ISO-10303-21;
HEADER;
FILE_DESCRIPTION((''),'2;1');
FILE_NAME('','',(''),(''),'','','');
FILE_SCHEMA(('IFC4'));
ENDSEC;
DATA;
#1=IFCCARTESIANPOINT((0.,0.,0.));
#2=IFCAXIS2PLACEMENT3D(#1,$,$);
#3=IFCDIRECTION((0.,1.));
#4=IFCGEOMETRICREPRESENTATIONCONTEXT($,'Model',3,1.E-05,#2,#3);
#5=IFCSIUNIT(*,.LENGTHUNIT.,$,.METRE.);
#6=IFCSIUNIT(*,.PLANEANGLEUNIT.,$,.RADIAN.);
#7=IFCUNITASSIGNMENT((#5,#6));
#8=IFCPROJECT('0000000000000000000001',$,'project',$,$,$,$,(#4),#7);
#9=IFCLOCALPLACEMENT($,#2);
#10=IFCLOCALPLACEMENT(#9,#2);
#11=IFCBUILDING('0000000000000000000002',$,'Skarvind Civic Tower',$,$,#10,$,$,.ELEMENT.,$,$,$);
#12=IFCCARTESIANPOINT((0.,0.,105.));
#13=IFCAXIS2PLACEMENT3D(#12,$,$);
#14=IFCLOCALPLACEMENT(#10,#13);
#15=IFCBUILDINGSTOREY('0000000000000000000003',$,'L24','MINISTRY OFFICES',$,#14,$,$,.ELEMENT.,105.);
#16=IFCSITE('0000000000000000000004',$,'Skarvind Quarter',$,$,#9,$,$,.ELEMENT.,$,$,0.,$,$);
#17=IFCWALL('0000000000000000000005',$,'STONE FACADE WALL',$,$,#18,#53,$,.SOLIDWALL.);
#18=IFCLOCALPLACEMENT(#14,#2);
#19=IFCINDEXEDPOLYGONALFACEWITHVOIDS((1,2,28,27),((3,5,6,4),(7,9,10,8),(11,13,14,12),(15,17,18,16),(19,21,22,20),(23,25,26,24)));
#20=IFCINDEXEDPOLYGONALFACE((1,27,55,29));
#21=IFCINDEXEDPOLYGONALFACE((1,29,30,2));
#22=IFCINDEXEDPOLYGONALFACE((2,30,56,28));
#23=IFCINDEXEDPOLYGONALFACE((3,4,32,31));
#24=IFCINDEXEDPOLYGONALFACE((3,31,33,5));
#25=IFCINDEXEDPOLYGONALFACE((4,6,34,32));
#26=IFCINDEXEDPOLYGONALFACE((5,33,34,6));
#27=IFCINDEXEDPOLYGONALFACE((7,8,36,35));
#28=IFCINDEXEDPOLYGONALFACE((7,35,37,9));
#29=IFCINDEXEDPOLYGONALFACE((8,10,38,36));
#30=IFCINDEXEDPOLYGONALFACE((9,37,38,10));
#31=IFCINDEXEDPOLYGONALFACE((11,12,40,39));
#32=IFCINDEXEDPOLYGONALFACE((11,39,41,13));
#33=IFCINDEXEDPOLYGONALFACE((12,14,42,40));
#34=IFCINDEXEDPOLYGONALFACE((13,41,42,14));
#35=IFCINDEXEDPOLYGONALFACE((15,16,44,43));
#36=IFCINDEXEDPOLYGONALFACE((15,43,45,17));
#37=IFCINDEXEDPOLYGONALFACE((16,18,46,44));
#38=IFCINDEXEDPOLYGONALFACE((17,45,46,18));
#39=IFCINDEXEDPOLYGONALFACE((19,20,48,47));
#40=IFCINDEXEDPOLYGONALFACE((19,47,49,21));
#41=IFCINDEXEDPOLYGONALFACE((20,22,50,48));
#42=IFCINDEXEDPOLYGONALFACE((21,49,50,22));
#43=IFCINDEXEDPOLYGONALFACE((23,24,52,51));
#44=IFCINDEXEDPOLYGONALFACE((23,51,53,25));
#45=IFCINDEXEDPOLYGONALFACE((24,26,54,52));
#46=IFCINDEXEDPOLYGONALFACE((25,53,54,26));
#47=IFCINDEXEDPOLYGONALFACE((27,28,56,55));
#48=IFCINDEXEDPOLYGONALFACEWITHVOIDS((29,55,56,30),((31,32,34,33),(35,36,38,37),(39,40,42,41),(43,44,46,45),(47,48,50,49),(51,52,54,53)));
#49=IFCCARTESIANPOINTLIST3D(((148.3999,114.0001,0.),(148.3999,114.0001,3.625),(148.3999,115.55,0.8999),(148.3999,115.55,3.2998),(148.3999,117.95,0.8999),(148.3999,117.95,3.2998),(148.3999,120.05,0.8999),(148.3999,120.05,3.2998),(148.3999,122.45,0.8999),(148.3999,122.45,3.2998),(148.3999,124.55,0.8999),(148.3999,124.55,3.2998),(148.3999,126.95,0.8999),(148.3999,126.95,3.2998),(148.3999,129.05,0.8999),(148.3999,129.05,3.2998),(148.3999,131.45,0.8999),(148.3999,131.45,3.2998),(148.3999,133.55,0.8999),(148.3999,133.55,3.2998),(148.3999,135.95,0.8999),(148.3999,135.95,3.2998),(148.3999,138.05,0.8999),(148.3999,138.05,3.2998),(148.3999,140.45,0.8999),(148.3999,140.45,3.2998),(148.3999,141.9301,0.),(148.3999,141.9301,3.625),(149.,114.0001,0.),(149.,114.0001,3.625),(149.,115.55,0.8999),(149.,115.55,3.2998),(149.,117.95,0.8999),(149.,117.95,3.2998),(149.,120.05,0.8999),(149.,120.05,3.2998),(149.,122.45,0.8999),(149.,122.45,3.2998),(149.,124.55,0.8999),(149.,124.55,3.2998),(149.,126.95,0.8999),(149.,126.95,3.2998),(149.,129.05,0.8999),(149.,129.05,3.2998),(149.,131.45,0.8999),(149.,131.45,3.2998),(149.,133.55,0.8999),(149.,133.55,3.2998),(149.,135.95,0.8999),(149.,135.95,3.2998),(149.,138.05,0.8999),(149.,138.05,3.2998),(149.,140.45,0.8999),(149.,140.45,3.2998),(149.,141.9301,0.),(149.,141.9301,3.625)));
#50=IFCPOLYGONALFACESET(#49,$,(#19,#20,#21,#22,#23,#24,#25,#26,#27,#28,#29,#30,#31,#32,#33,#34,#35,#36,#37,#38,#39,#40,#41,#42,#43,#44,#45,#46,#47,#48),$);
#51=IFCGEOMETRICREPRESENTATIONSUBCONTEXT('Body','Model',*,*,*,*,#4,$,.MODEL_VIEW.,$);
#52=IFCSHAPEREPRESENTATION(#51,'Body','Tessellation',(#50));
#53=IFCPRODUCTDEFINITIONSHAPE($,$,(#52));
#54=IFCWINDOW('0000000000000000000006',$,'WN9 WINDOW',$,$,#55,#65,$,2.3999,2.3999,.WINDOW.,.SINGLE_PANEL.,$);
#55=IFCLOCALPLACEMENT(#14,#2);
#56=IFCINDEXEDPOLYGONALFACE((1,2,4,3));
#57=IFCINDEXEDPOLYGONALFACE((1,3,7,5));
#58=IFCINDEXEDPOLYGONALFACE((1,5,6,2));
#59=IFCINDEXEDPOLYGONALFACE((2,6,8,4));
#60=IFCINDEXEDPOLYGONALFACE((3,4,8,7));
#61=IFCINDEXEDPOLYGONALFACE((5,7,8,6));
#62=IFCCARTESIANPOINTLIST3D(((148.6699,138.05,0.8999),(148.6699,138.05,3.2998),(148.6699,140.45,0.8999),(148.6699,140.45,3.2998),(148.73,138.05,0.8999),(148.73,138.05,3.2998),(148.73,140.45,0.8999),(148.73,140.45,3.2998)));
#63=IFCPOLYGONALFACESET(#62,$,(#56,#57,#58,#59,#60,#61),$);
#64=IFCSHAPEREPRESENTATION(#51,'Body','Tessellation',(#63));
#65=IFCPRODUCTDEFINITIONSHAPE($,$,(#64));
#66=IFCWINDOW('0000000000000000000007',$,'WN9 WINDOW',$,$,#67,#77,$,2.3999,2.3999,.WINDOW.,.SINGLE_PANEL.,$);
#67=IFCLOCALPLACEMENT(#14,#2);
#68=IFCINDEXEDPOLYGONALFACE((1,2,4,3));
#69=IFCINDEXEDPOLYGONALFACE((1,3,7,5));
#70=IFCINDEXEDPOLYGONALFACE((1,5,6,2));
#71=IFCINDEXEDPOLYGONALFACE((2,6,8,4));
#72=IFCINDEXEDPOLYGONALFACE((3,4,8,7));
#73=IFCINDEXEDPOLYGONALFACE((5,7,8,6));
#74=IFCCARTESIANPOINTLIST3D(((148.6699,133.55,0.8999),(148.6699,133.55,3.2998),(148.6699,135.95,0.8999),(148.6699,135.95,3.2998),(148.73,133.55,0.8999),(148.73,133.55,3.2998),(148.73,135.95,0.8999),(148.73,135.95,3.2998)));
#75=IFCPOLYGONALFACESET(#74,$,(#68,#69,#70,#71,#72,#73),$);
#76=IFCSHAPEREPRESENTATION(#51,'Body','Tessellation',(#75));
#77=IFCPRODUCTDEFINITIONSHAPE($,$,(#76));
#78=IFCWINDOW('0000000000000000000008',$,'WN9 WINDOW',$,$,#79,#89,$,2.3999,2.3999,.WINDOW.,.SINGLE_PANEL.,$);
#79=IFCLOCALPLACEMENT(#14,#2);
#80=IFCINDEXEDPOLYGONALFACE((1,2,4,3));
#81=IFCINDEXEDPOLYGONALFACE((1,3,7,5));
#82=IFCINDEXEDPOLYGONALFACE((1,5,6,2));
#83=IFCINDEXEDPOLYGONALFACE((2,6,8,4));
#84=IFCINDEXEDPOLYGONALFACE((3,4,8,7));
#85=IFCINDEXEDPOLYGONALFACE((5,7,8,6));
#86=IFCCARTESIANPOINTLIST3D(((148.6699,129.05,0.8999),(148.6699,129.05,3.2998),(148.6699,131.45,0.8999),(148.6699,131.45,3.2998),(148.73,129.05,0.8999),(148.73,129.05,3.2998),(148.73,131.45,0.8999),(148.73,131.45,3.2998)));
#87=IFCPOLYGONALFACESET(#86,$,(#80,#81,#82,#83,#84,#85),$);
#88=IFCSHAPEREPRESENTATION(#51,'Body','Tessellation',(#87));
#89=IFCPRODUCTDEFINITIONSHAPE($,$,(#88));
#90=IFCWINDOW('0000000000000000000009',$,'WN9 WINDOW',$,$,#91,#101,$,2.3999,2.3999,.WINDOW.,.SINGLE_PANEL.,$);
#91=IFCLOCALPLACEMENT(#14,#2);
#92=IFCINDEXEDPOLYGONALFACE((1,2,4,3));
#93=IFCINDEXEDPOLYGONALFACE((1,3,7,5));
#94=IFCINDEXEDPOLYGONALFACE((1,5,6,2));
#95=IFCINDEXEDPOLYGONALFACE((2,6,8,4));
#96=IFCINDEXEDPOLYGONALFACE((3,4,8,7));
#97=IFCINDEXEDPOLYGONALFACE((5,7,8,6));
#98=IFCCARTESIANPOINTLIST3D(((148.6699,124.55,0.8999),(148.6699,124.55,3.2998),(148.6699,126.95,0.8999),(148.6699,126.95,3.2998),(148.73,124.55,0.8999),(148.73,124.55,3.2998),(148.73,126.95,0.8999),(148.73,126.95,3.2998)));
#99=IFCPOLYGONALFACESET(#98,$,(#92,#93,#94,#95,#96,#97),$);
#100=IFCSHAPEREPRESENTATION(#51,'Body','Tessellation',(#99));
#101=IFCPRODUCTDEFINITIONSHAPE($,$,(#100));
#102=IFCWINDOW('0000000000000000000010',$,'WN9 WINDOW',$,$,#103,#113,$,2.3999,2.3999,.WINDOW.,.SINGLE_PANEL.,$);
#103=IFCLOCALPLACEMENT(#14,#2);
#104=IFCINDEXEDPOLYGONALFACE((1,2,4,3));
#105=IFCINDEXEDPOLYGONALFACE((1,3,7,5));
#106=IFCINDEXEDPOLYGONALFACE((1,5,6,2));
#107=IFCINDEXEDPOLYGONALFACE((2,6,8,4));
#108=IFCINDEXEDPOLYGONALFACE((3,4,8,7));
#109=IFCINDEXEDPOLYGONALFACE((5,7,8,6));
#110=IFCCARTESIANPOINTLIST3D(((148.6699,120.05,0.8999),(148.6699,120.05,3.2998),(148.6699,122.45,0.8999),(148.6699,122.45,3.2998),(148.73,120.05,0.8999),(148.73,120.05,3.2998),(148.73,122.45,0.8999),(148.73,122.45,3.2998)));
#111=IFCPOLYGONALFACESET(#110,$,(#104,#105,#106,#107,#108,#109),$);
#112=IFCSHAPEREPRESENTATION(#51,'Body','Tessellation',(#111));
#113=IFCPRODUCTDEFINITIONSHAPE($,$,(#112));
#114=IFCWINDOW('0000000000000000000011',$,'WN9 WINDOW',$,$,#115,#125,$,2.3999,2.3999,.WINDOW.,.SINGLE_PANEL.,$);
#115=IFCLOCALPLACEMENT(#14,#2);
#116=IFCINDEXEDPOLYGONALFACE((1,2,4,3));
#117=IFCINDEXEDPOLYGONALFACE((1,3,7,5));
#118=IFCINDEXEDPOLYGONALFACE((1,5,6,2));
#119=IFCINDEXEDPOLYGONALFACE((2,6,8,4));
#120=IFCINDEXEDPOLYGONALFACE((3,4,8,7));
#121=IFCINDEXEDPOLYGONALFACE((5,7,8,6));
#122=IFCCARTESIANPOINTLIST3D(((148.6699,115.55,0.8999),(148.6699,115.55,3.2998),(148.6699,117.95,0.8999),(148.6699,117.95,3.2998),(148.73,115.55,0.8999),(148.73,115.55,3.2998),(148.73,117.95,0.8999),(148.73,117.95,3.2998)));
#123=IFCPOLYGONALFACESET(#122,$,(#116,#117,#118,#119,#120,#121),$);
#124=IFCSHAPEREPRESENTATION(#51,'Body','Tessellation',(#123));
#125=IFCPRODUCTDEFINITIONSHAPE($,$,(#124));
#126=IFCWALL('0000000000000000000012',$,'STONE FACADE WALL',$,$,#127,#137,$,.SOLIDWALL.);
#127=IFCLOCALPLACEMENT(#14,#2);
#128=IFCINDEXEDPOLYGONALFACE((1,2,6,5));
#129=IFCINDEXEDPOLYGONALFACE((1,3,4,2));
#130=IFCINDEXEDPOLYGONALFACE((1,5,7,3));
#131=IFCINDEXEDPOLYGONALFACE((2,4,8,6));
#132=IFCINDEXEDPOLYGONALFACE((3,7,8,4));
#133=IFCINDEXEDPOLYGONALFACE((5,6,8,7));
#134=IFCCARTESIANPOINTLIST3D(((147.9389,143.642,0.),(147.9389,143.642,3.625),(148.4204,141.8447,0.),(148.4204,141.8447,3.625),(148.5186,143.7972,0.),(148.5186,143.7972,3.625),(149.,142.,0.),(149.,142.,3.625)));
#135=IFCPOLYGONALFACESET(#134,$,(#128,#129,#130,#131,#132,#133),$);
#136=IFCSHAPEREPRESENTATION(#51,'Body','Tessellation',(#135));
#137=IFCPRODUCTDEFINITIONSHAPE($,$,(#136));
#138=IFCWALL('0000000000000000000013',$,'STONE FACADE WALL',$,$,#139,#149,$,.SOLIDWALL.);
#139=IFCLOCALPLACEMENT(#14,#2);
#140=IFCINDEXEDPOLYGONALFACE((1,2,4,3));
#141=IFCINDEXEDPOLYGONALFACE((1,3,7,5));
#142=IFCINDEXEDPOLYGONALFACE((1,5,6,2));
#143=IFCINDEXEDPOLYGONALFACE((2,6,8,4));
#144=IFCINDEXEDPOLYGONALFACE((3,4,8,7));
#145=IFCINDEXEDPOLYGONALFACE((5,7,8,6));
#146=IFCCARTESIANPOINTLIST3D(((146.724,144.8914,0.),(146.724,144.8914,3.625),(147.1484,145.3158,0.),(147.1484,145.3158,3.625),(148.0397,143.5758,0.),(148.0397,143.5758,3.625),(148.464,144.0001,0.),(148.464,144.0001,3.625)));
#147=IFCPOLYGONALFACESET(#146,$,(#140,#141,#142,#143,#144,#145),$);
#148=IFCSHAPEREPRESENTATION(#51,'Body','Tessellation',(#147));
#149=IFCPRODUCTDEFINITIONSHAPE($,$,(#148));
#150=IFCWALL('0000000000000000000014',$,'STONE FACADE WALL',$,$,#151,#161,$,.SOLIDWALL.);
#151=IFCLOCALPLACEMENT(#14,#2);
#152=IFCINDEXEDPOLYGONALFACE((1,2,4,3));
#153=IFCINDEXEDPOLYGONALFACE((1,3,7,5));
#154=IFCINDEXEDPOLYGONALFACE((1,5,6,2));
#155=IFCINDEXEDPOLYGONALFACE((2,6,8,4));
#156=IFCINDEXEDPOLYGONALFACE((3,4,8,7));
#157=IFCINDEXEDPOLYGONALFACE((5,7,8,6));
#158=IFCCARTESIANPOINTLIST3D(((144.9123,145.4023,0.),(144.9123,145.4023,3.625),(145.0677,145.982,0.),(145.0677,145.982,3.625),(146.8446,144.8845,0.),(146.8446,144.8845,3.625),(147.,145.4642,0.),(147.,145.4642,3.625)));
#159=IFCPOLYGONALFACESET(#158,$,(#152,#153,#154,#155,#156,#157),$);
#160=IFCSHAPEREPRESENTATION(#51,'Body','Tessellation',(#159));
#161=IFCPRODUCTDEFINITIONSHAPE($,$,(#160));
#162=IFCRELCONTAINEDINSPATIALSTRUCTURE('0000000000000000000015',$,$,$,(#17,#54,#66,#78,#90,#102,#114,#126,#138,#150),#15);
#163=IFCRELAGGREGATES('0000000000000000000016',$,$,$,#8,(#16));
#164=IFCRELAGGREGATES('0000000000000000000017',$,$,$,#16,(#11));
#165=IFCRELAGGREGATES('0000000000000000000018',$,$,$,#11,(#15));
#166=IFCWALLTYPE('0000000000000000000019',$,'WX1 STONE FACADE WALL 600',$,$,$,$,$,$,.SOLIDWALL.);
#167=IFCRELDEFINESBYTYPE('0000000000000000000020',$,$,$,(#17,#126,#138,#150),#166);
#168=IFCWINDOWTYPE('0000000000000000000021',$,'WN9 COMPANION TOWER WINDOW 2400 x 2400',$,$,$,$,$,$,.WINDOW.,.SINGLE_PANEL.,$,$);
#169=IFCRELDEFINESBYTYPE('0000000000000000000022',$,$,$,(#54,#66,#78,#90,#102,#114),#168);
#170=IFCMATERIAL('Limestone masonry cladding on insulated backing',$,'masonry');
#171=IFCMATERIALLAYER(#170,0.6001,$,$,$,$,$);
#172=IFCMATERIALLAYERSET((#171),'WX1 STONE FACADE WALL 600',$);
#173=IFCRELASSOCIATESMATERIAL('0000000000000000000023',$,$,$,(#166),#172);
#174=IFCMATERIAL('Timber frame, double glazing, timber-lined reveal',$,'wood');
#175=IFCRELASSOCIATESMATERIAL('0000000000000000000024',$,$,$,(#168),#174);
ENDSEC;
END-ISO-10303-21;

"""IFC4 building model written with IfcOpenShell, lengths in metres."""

from ifc_helpers import new_model, si_unit, direction, frame, frame_2d, origin, place, context, subcontext, project, spatial, rectangle, extrude, material, layer, layer_set, type_object, element, fill, save


model = new_model("IFC4")

# Units and contexts
model_context = context("Model", 3, precision=1e-05, world=origin(), true_north=direction((0.0, 1.0)))
body_context = subcontext(model_context, "Body", "Model", "MODEL_VIEW")
ifc_project = project(units=[si_unit("LENGTHUNIT", "METRE"), si_unit("PLANEANGLEUNIT", "RADIAN")], contexts=[model_context])

# Site, building, storey
site_placement = place(None, origin())
site = spatial("IfcSite", under=ifc_project, at=site_placement, Name="Skarvind Quarter", CompositionType="ELEMENT", RefElevation=0.0)
building_placement = place(site_placement, origin())
building = spatial("IfcBuilding", under=site, at=building_placement, Name="Skarvind Civic Tower", CompositionType="ELEMENT")
storey_placement = place(building_placement, frame((0.0, 0.0, 105.0)))
storey = spatial("IfcBuildingStorey", under=building, at=storey_placement, Name="L24", Description="MINISTRY OFFICES", CompositionType="ELEMENT", Elevation=105.0)

# Wall, openings, windows
ifc_material_1 = material(Name="Limestone masonry cladding on insulated backing", Category="masonry")
ifc_layer_1 = layer(ifc_material_1, 0.6001)
ifc_layer_set_1 = layer_set([ifc_layer_1], Name="WX1 STONE FACADE WALL 600")
wall_type_1 = type_object("IfcWallType", Name="WX1 STONE FACADE WALL 600", PredefinedType="SOLIDWALL", material=ifc_layer_set_1)
wall_1_placement = place(storey_placement, frame((148.7, 141.9299, 0.0), z_axis=(0.0, 0.0, 1.0), x_axis=(0.0, -1.0, 0.0)))
wall_1 = element("IfcWall", 1, at=wall_1_placement, inside=storey, type_object=wall_type_1, Name="STONE FACADE WALL", PredefinedType="SOLIDWALL", context=body_context, shape_type="SweptSolid", body=[
    extrude(rectangle(XDim=27.9299, YDim=0.6001, at=frame_2d((13.9648, 0.0))), origin(), (0.0, 0.0, 1.0), 3.625),
])
opening_1_placement = place(wall_1_placement, frame((1.48, 0.0, 0.8999)))
opening_1 = element("IfcOpeningElement", 2, at=opening_1_placement, cuts=wall_1, PredefinedType="OPENING", context=body_context, shape_type="SweptSolid", body=[
    extrude(rectangle(XDim=2.3999, YDim=2.3999, at=frame_2d((1.2, 1.2))), frame((0.0, 0.3101, 0.0), z_axis=(0.0, -1.0, 0.0), x_axis=(1.0, 0.0, 0.0)), (0.0, 0.0, 1.0), 0.6201),
])
opening_2_placement = place(wall_1_placement, frame((5.98, 0.0, 0.8999)))
opening_2 = element("IfcOpeningElement", 3, at=opening_2_placement, cuts=wall_1, PredefinedType="OPENING", context=body_context, shape_type="SweptSolid", body=[
    extrude(rectangle(XDim=2.3999, YDim=2.3999, at=frame_2d((1.2, 1.2))), frame((0.0, 0.3101, 0.0), z_axis=(0.0, -1.0, 0.0), x_axis=(1.0, 0.0, 0.0)), (0.0, 0.0, 1.0), 0.6201),
])
opening_3_placement = place(wall_1_placement, frame((10.48, 0.0, 0.8999)))
opening_3 = element("IfcOpeningElement", 4, at=opening_3_placement, cuts=wall_1, PredefinedType="OPENING", context=body_context, shape_type="SweptSolid", body=[
    extrude(rectangle(XDim=2.3999, YDim=2.3999, at=frame_2d((1.2, 1.2))), frame((0.0, 0.3101, 0.0), z_axis=(0.0, -1.0, 0.0), x_axis=(1.0, 0.0, 0.0)), (0.0, 0.0, 1.0), 0.6201),
])
opening_4_placement = place(wall_1_placement, frame((14.98, 0.0, 0.8999)))
opening_4 = element("IfcOpeningElement", 5, at=opening_4_placement, cuts=wall_1, PredefinedType="OPENING", context=body_context, shape_type="SweptSolid", body=[
    extrude(rectangle(XDim=2.3999, YDim=2.3999, at=frame_2d((1.2, 1.2))), frame((0.0, 0.3101, 0.0), z_axis=(0.0, -1.0, 0.0), x_axis=(1.0, 0.0, 0.0)), (0.0, 0.0, 1.0), 0.6201),
])
opening_5_placement = place(wall_1_placement, frame((19.48, 0.0, 0.8999)))
opening_5 = element("IfcOpeningElement", 6, at=opening_5_placement, cuts=wall_1, PredefinedType="OPENING", context=body_context, shape_type="SweptSolid", body=[
    extrude(rectangle(XDim=2.3999, YDim=2.3999, at=frame_2d((1.2, 1.2))), frame((0.0, 0.3101, 0.0), z_axis=(0.0, -1.0, 0.0), x_axis=(1.0, 0.0, 0.0)), (0.0, 0.0, 1.0), 0.6201),
])
opening_6_placement = place(wall_1_placement, frame((23.98, 0.0, 0.8999)))
opening_6 = element("IfcOpeningElement", 7, at=opening_6_placement, cuts=wall_1, PredefinedType="OPENING", context=body_context, shape_type="SweptSolid", body=[
    extrude(rectangle(XDim=2.3999, YDim=2.3999, at=frame_2d((1.2, 1.2))), frame((0.0, 0.3101, 0.0), z_axis=(0.0, -1.0, 0.0), x_axis=(1.0, 0.0, 0.0)), (0.0, 0.0, 1.0), 0.6201),
])
ifc_material_2 = material(Name="Timber frame, double glazing, timber-lined reveal", Category="wood")
window_type = type_object("IfcWindowType", Name="WN9 COMPANION TOWER WINDOW 2400 x 2400", PartitioningType="SINGLE_PANEL", PredefinedType="WINDOW", material=ifc_material_2)
window_1_placement = place(opening_1_placement, origin())
window_1 = element("IfcWindow", 8, at=window_1_placement, inside=storey, type_object=window_type, Name="WN9 WINDOW", OverallHeight=2.3999, OverallWidth=2.3999, PartitioningType="SINGLE_PANEL", PredefinedType="WINDOW", context=body_context, shape_type="SweptSolid", body=[
    extrude(rectangle(XDim=2.3999, YDim=2.3999, at=frame_2d((1.2, 1.2))), frame((0.0, 0.03, 0.0), z_axis=(0.0, -1.0, 0.0), x_axis=(1.0, 0.0, 0.0)), (0.0, 0.0, 1.0), 0.0601),
])
fill(opening_1, window_1)
window_2_placement = place(opening_2_placement, origin())
window_2 = element("IfcWindow", 9, at=window_2_placement, inside=storey, type_object=window_type, Name="WN9 WINDOW", OverallHeight=2.3999, OverallWidth=2.3999, PartitioningType="SINGLE_PANEL", PredefinedType="WINDOW", context=body_context, shape_type="SweptSolid", body=[
    extrude(rectangle(XDim=2.3999, YDim=2.3999, at=frame_2d((1.2, 1.2))), frame((0.0, 0.03, 0.0), z_axis=(0.0, -1.0, 0.0), x_axis=(1.0, 0.0, 0.0)), (0.0, 0.0, 1.0), 0.0601),
])
fill(opening_2, window_2)
window_3_placement = place(opening_3_placement, origin())
window_3 = element("IfcWindow", 10, at=window_3_placement, inside=storey, type_object=window_type, Name="WN9 WINDOW", OverallHeight=2.3999, OverallWidth=2.3999, PartitioningType="SINGLE_PANEL", PredefinedType="WINDOW", context=body_context, shape_type="SweptSolid", body=[
    extrude(rectangle(XDim=2.3999, YDim=2.3999, at=frame_2d((1.2, 1.2))), frame((0.0, 0.03, 0.0), z_axis=(0.0, -1.0, 0.0), x_axis=(1.0, 0.0, 0.0)), (0.0, 0.0, 1.0), 0.0601),
])
fill(opening_3, window_3)
window_4_placement = place(opening_4_placement, origin())
window_4 = element("IfcWindow", 11, at=window_4_placement, inside=storey, type_object=window_type, Name="WN9 WINDOW", OverallHeight=2.3999, OverallWidth=2.3999, PartitioningType="SINGLE_PANEL", PredefinedType="WINDOW", context=body_context, shape_type="SweptSolid", body=[
    extrude(rectangle(XDim=2.3999, YDim=2.3999, at=frame_2d((1.2, 1.2))), frame((0.0, 0.03, 0.0), z_axis=(0.0, -1.0, 0.0), x_axis=(1.0, 0.0, 0.0)), (0.0, 0.0, 1.0), 0.0601),
])
fill(opening_4, window_4)
window_5_placement = place(opening_5_placement, origin())
window_5 = element("IfcWindow", 12, at=window_5_placement, inside=storey, type_object=window_type, Name="WN9 WINDOW", OverallHeight=2.3999, OverallWidth=2.3999, PartitioningType="SINGLE_PANEL", PredefinedType="WINDOW", context=body_context, shape_type="SweptSolid", body=[
    extrude(rectangle(XDim=2.3999, YDim=2.3999, at=frame_2d((1.2, 1.2))), frame((0.0, 0.03, 0.0), z_axis=(0.0, -1.0, 0.0), x_axis=(1.0, 0.0, 0.0)), (0.0, 0.0, 1.0), 0.0601),
])
fill(opening_5, window_5)
window_6_placement = place(opening_6_placement, origin())
window_6 = element("IfcWindow", 13, at=window_6_placement, inside=storey, type_object=window_type, Name="WN9 WINDOW", OverallHeight=2.3999, OverallWidth=2.3999, PartitioningType="SINGLE_PANEL", PredefinedType="WINDOW", context=body_context, shape_type="SweptSolid", body=[
    extrude(rectangle(XDim=2.3999, YDim=2.3999, at=frame_2d((1.2, 1.2))), frame((0.0, 0.03, 0.0), z_axis=(0.0, -1.0, 0.0), x_axis=(1.0, 0.0, 0.0)), (0.0, 0.0, 1.0), 0.0601),
])
fill(opening_6, window_6)

# Walls
for number, where, z_axis, x_axis, name in (
    (14, (148.2288, 143.7195, 0.0), (0.0, 0.0, 1.0), (0.258773, -0.965938, 0.0), "STONE FACADE WALL"),
    (15, (146.9363, 145.1035, 0.0), (0.0, 0.0, 1.0), (0.707107, -0.707107, 0.0), "STONE FACADE WALL"),
):
    element("IfcWall", number, at=place(storey_placement, frame(where, z_axis=z_axis, x_axis=x_axis)), inside=storey, type_object=wall_type_1, Name=name, PredefinedType="SOLIDWALL", context=body_context, shape_type="SweptSolid", body=[
        extrude(rectangle(XDim=1.8606, YDim=0.6001, at=frame_2d((0.9302, 0.0))), origin(), (0.0, 0.0, 1.0), 3.625),
    ])
wall_2_placement = place(storey_placement, frame((144.99, 145.6921, 0.0), z_axis=(0.0, 0.0, 1.0), x_axis=(0.96592, -0.25884, 0.0)))
element("IfcWall", 16, at=wall_2_placement, inside=storey, type_object=wall_type_1, Name="STONE FACADE WALL", PredefinedType="SOLIDWALL", context=body_context, shape_type="SweptSolid", body=[
    extrude(rectangle(XDim=2.0005, YDim=0.6001, at=frame_2d((1.0002, 0.0))), origin(), (0.0, 0.0, 1.0), 3.625),
])

save(model, "model.ifc")
